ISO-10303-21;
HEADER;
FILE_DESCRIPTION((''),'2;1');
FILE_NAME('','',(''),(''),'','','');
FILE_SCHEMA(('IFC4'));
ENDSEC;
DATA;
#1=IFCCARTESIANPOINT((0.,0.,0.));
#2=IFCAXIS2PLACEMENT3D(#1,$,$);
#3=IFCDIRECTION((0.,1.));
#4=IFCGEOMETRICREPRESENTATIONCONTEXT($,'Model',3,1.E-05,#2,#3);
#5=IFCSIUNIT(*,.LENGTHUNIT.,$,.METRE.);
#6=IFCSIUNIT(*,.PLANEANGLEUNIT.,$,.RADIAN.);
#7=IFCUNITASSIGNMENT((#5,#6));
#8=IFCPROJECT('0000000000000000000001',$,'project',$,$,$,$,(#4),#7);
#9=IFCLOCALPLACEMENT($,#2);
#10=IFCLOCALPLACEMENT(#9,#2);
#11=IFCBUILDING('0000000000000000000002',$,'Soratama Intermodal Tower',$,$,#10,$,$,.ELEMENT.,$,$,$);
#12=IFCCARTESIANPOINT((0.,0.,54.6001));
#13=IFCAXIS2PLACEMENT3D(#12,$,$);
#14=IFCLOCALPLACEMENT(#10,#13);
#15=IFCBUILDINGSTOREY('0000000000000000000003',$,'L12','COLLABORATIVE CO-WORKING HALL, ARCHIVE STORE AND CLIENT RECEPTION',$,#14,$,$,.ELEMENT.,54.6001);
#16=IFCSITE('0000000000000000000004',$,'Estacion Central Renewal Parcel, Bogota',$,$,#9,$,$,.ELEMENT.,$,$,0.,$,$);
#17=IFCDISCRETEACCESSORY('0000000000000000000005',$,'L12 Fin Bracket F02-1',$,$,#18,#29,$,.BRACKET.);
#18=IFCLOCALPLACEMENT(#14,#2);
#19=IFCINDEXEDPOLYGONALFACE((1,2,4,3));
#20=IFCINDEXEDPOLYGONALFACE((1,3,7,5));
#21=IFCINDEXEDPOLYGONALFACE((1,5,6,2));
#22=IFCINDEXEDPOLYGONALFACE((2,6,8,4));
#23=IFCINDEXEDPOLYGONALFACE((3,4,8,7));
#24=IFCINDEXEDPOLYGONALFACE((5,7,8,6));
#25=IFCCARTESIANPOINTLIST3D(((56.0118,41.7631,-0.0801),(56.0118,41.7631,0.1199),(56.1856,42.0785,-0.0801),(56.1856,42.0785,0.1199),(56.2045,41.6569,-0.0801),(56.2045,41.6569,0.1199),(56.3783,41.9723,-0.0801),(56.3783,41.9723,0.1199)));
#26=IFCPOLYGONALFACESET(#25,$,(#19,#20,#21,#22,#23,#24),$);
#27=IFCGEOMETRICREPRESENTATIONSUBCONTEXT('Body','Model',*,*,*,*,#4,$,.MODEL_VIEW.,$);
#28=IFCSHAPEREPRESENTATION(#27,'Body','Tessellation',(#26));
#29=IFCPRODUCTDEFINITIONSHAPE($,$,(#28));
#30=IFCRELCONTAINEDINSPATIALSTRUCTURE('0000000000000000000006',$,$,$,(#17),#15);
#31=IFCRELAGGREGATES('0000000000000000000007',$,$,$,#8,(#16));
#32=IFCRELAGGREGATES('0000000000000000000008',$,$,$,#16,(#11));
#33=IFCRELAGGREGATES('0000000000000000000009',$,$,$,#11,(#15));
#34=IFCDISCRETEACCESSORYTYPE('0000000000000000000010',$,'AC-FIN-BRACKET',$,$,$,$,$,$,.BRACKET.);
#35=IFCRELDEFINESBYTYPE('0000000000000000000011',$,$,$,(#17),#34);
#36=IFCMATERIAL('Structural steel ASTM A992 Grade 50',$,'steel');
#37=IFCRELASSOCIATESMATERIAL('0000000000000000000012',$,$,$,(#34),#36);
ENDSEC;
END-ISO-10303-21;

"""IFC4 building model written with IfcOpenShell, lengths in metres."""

from ifc_helpers import new_model, si_unit, direction, frame, origin, origin_2d, place, context, subcontext, project, spatial, rectangle, extrude, material, type_object, element, save


model = new_model("IFC4")

# Units and contexts
model_context = context("Model", 3, precision=1e-05, world=origin(), true_north=direction((0.0, 1.0)))
body_context = subcontext(model_context, "Body", "Model", "MODEL_VIEW")
ifc_project = project(units=[si_unit("LENGTHUNIT", "METRE"), si_unit("PLANEANGLEUNIT", "RADIAN")], contexts=[model_context])

# Site, building, storey
site_placement = place(None, origin())
site = spatial("IfcSite", under=ifc_project, at=site_placement, Name="Estacion Central Renewal Parcel, Bogota", CompositionType="ELEMENT", RefElevation=0.0)
building_placement = place(site_placement, origin())
building = spatial("IfcBuilding", under=site, at=building_placement, Name="Soratama Intermodal Tower", CompositionType="ELEMENT")
storey_placement = place(building_placement, frame((0.0, 0.0, 54.6001)))
storey = spatial("IfcBuildingStorey", under=building, at=storey_placement, Name="L12", Description="COLLABORATIVE CO-WORKING HALL, ARCHIVE STORE AND CLIENT RECEPTION", CompositionType="ELEMENT", Elevation=54.6001)

# Discrete accessory
ifc_material_1 = material(Name="Structural steel ASTM A992 Grade 50", Category="steel")
discrete_accessory_type = type_object("IfcDiscreteAccessoryType", Name="AC-FIN-BRACKET", PredefinedType="BRACKET", material=ifc_material_1)
discrete_accessory_placement = place(storey_placement, frame((56.1951, 41.8677, -0.0801), z_axis=(0.0, 0.0, 1.0), x_axis=(0.482671, 0.875802, 0.0)))
element("IfcDiscreteAccessory", 1, at=discrete_accessory_placement, inside=storey, type_object=discrete_accessory_type, Name="L12 Fin Bracket F02-1", PredefinedType="BRACKET", context=body_context, shape_type="SweptSolid", body=[
    extrude(rectangle(XDim=0.3601, YDim=0.22, at=origin_2d()), origin(), (0.0, 0.0, 1.0), 0.2),
])

save(model, "model.ifc")
